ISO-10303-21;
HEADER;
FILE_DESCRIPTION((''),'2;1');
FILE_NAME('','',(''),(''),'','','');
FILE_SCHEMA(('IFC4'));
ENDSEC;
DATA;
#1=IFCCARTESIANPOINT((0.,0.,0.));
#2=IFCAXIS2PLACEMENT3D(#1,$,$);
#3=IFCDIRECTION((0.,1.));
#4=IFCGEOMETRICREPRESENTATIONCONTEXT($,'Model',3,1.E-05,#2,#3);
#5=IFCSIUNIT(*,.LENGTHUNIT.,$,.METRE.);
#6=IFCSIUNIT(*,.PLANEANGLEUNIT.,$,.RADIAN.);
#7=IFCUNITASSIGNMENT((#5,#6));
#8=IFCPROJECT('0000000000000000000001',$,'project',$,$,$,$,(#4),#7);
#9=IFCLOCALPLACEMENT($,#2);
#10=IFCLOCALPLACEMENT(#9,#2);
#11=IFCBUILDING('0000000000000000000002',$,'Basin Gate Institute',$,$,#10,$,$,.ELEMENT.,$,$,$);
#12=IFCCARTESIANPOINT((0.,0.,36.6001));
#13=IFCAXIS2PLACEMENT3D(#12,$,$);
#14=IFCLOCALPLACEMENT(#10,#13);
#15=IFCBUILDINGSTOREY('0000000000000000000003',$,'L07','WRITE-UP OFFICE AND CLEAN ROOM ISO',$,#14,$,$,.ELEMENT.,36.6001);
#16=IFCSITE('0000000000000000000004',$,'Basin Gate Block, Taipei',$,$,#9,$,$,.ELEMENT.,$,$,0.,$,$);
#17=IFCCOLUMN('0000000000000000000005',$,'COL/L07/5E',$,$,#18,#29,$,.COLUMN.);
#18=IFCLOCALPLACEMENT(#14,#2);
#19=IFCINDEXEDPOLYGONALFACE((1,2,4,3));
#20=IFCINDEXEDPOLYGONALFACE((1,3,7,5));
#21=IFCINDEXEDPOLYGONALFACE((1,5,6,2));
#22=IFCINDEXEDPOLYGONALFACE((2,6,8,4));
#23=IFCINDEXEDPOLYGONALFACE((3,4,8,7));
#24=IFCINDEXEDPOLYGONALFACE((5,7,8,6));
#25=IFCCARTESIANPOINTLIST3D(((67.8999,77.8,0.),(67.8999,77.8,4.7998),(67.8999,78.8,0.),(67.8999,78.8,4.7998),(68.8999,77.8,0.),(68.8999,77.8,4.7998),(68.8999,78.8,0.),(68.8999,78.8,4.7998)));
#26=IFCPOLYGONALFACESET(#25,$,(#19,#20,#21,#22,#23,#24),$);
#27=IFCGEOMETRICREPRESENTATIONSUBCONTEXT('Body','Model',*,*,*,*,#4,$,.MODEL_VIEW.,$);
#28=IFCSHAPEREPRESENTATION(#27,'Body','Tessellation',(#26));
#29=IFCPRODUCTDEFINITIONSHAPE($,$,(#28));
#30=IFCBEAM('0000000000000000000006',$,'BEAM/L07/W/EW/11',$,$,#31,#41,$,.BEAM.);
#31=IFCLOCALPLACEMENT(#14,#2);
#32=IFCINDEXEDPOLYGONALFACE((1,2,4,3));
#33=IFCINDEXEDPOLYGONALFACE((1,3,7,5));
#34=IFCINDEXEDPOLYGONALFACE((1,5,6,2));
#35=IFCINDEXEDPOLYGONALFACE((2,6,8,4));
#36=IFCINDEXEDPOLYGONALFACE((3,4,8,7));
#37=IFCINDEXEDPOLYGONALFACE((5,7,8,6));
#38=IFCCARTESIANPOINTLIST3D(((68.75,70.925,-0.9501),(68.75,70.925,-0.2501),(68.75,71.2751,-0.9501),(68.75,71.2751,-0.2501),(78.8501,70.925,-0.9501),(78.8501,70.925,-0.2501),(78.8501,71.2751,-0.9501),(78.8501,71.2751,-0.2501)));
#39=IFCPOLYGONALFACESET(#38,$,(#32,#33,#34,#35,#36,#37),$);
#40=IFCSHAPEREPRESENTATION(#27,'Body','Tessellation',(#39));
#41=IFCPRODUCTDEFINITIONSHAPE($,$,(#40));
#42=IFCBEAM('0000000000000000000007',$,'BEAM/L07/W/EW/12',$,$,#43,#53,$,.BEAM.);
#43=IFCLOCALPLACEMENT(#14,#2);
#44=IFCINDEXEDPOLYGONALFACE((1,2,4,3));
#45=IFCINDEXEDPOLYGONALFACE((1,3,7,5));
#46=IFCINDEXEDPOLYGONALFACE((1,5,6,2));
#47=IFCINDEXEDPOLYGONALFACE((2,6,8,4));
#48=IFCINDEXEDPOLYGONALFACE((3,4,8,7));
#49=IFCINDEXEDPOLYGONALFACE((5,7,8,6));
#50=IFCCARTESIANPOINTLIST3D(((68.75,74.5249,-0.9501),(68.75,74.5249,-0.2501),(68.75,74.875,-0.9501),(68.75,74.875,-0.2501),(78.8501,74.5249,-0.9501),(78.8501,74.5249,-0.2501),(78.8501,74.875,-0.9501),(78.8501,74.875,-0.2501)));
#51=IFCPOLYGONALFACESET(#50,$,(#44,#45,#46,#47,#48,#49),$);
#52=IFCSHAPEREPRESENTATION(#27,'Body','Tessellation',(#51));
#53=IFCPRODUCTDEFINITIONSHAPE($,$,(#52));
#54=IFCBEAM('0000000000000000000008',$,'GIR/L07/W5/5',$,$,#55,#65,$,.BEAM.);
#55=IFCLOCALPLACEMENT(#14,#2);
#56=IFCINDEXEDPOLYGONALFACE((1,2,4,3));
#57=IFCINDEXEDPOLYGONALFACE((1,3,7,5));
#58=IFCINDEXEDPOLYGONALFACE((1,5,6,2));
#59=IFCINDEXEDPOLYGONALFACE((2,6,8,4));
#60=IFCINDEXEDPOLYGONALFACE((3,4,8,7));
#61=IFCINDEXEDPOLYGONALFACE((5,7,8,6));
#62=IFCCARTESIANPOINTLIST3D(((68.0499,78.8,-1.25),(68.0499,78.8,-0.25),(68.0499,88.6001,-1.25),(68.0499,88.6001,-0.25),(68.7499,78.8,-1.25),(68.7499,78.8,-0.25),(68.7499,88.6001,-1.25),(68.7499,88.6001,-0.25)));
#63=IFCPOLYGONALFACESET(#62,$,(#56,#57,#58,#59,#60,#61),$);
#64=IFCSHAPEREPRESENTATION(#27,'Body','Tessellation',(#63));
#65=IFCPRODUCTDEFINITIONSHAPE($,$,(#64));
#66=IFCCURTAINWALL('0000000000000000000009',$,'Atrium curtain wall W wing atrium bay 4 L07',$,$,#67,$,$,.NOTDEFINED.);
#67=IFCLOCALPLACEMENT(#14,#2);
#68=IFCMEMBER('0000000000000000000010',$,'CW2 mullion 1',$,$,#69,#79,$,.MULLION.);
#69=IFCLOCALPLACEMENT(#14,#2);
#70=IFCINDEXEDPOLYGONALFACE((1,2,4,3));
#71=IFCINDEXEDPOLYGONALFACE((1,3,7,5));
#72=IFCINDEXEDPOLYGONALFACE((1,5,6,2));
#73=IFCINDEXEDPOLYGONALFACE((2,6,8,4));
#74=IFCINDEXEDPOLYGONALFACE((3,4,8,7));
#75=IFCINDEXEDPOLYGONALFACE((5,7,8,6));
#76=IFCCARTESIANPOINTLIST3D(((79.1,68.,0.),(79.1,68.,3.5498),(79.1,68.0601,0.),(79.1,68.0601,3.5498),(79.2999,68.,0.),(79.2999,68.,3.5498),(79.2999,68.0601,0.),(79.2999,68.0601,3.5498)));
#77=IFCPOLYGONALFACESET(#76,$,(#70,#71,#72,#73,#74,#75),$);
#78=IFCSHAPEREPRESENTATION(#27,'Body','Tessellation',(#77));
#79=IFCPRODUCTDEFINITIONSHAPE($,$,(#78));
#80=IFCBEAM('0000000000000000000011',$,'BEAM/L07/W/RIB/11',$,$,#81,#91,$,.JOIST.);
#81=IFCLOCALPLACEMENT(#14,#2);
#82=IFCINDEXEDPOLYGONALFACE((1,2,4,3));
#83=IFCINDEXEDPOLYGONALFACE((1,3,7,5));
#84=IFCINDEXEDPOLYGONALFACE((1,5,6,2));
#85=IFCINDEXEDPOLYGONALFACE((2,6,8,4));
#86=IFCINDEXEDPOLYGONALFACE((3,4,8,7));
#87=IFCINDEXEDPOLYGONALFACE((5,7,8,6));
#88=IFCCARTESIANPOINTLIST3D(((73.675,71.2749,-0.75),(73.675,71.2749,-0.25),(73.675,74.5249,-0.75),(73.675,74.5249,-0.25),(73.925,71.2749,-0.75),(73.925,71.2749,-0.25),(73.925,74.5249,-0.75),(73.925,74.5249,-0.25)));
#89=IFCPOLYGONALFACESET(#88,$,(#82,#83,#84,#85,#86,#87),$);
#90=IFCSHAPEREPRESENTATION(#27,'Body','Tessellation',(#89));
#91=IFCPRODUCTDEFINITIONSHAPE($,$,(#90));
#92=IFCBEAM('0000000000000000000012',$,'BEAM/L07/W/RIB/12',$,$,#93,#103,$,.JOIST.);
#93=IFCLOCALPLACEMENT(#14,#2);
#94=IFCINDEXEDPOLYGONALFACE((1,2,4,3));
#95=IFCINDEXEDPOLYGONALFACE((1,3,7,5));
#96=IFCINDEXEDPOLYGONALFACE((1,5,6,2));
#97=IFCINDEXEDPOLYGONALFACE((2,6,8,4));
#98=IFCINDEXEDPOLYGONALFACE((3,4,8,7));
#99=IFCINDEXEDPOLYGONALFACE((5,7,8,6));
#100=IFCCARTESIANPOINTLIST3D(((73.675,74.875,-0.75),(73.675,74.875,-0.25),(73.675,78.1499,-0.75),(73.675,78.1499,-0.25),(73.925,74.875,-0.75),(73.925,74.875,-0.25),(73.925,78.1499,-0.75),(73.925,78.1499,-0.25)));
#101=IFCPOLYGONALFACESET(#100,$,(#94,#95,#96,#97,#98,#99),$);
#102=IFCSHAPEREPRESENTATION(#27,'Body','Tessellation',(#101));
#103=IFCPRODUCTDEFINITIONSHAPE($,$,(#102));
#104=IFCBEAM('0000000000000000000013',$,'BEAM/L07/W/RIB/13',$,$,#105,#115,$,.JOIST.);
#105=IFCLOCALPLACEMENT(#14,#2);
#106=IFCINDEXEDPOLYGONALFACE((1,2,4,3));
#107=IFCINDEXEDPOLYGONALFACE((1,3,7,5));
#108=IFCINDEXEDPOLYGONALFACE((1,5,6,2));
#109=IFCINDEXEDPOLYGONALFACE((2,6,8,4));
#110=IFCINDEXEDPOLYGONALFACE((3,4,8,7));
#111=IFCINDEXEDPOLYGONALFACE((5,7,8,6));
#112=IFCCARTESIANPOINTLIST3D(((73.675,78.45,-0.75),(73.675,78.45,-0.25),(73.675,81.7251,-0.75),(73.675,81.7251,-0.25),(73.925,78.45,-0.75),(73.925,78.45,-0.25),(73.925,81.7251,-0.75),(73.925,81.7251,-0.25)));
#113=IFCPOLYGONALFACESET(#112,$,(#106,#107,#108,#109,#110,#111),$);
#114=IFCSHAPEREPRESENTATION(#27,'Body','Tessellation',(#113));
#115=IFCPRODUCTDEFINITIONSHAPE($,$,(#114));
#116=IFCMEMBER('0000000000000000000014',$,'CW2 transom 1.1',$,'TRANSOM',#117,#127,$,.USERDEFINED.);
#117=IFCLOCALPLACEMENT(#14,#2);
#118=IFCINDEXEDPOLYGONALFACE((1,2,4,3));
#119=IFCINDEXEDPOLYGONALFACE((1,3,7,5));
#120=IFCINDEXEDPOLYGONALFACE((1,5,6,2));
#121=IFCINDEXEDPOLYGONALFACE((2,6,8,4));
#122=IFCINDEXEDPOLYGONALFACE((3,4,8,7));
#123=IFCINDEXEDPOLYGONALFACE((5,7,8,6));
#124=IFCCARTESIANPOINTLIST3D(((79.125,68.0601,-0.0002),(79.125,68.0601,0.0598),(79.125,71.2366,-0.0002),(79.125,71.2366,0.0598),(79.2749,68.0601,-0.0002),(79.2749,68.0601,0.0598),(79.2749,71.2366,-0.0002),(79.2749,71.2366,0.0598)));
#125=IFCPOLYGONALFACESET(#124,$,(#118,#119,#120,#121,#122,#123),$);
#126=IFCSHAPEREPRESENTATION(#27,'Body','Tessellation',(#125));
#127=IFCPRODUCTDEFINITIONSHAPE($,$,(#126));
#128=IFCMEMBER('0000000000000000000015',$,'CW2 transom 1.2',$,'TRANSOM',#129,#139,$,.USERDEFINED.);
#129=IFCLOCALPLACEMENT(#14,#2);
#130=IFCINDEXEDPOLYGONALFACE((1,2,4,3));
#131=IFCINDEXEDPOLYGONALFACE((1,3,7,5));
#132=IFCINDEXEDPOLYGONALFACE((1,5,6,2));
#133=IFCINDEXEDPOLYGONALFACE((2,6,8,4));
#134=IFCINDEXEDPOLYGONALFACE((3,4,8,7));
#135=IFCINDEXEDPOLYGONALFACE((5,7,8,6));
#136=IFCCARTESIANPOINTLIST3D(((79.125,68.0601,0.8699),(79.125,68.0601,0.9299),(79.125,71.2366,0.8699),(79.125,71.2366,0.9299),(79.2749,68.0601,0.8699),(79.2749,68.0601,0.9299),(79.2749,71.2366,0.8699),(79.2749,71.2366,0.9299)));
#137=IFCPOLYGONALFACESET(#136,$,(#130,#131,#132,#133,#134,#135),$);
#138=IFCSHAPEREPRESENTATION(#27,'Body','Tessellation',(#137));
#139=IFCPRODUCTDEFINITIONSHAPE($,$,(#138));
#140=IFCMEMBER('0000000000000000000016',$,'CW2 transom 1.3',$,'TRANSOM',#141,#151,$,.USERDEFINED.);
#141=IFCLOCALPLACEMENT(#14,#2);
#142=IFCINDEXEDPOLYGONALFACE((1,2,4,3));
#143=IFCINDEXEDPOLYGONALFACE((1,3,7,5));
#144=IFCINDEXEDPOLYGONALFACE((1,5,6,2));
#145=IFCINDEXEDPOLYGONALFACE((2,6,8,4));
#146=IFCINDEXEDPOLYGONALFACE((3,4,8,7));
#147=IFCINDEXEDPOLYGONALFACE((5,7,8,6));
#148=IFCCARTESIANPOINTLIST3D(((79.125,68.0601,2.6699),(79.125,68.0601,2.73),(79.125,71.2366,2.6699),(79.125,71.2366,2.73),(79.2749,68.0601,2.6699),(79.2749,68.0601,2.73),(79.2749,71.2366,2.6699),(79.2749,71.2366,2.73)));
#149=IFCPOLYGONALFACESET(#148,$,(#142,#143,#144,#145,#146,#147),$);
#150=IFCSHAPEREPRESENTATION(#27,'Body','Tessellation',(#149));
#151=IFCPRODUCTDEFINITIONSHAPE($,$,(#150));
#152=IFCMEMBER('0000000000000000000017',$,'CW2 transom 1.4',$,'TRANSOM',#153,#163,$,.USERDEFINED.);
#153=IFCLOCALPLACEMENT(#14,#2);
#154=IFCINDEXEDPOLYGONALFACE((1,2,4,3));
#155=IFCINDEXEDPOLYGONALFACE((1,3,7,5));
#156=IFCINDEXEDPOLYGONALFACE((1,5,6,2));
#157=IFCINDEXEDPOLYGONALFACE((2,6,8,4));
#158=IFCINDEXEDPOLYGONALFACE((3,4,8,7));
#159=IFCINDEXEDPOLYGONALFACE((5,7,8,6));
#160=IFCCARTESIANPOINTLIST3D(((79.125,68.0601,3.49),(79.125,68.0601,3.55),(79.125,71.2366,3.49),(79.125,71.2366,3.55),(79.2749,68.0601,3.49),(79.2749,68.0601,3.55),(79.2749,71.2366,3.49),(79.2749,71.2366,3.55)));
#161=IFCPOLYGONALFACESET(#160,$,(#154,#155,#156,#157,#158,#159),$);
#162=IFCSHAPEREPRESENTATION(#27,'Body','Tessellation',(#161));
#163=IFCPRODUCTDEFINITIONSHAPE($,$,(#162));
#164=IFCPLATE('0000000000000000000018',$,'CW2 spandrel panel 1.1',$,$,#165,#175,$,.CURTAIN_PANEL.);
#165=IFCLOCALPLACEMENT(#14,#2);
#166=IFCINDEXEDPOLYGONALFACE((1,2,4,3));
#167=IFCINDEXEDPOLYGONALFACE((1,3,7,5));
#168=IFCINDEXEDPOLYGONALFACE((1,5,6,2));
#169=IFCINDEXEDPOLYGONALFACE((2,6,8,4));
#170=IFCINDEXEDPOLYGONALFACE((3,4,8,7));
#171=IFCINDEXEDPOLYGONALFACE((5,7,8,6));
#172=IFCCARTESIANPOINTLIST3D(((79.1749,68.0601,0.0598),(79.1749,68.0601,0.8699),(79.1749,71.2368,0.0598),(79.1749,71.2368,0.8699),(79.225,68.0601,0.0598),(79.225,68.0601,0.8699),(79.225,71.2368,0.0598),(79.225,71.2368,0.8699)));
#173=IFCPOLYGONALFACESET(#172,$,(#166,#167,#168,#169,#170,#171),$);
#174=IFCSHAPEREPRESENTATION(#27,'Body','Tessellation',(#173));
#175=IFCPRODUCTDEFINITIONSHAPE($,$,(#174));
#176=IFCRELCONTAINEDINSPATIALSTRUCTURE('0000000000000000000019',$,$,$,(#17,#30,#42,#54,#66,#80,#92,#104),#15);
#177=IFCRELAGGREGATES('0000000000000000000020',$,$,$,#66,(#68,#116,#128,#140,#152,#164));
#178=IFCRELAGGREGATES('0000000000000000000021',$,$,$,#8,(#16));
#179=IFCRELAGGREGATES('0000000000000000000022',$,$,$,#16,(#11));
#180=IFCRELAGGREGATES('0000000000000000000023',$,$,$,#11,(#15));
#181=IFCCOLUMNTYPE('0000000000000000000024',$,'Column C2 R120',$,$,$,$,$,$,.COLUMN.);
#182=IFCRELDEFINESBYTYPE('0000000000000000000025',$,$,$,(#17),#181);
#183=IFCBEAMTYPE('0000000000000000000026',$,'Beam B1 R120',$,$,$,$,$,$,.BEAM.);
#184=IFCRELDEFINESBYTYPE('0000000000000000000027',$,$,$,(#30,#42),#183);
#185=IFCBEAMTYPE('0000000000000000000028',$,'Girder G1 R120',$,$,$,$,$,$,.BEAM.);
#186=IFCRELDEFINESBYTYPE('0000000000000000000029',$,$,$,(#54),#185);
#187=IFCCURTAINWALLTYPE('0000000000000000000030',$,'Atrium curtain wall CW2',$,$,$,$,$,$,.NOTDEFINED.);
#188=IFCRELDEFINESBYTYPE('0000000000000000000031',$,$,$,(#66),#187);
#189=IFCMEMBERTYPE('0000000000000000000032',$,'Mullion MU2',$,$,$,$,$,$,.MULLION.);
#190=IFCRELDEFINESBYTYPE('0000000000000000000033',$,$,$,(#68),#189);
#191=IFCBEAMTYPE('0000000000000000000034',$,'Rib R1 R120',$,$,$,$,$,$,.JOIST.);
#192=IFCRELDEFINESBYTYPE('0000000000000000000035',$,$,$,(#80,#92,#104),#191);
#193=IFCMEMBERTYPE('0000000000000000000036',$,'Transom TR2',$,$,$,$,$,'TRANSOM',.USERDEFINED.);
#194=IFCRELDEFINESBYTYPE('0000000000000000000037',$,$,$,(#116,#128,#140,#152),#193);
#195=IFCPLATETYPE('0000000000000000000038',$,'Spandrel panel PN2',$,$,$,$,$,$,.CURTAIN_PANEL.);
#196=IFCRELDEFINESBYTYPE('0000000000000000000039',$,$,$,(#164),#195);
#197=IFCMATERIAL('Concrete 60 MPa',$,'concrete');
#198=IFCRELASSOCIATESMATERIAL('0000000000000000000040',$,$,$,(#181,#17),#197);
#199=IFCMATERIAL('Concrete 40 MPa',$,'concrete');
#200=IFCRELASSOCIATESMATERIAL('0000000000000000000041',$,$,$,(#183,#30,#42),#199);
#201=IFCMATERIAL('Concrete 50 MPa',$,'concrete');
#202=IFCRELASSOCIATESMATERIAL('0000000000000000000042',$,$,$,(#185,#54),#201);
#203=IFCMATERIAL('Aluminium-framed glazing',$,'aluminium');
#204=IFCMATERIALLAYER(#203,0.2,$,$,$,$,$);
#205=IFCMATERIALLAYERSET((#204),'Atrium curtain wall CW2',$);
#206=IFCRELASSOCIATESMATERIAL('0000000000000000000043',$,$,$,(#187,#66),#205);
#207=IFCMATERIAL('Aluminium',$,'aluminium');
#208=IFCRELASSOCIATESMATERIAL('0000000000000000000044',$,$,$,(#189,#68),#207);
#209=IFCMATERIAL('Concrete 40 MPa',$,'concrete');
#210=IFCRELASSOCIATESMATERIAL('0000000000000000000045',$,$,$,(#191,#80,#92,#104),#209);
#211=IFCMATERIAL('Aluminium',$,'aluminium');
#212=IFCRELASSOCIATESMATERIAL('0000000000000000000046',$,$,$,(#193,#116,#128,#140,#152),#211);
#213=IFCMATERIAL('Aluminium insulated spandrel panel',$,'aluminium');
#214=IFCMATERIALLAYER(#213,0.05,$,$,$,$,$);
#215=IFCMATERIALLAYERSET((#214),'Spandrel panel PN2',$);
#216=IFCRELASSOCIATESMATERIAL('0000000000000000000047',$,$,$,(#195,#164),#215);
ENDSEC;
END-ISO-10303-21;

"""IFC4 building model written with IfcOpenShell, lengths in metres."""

from ifc_helpers import new_model, si_unit, direction, frame, origin, origin_2d, place, context, subcontext, project, spatial, rectangle, extrude, material, layer, layer_set, material_profile, profile_set, type_object, element, aggregate, save


model = new_model("IFC4")

# Units and contexts
model_context = context("Model", 3, precision=1e-05, world=origin(), true_north=direction((0.0, 1.0)))
body_context = subcontext(model_context, "Body", "Model", "MODEL_VIEW")
ifc_project = project(units=[si_unit("LENGTHUNIT", "METRE"), si_unit("PLANEANGLEUNIT", "RADIAN")], contexts=[model_context])

# Site, building, storey
site_placement = place(None, origin())
site = spatial("IfcSite", under=ifc_project, at=site_placement, Name="Basin Gate Block, Taipei", CompositionType="ELEMENT", RefElevation=0.0)
building_placement = place(site_placement, origin())
building = spatial("IfcBuilding", under=site, at=building_placement, Name="Basin Gate Institute", CompositionType="ELEMENT")
storey_placement = place(building_placement, frame((0.0, 0.0, 36.6001)))
storey = spatial("IfcBuildingStorey", under=building, at=storey_placement, Name="L07", Description="WRITE-UP OFFICE AND CLEAN ROOM ISO", CompositionType="ELEMENT", Elevation=36.6001)

# Column
ifc_material_1 = material(Name="Concrete 60 MPa", Category="concrete")
ifc_material_profile_1 = material_profile(ifc_material_1, rectangle(XDim=1.0, YDim=1.0, at=origin_2d()), Name="Column C2 1000 x 1000")
ifc_profile_set_1 = profile_set([ifc_material_profile_1], Name="Concrete 60 MPa")
column_type = type_object("IfcColumnType", Name="Column C2 R120", PredefinedType="COLUMN", material=ifc_profile_set_1)
column_placement = place(storey_placement, frame((68.3999, 78.3, 0.0), z_axis=(0.0, 0.0, 1.0), x_axis=(1.0, 0.0, 0.0)))
element("IfcColumn", 1, at=column_placement, inside=storey, type_object=column_type, material=ifc_profile_set_1, Name="COL/L07/5E", PredefinedType="COLUMN", context=body_context, shape_type="SweptSolid", body=[
    extrude(rectangle(XDim=1.0, YDim=1.0, at=origin_2d()), origin(), (0.0, 0.0, 1.0), 4.7998),
])

# Beams
ifc_material_2 = material(Name="Concrete 40 MPa", Category="concrete")
ifc_material_profile_2 = material_profile(ifc_material_2, rectangle(XDim=0.3501, YDim=0.7, at=origin_2d()), Name="Beam B1 350 x 700")
ifc_profile_set_2 = profile_set([ifc_material_profile_2], Name="Concrete 40 MPa")
beam_type_1 = type_object("IfcBeamType", Name="Beam B1 R120", PredefinedType="BEAM", material=ifc_profile_set_2)
for number, where, z_axis, x_axis, name in (
    (2, (68.75, 71.1001, -0.6001), (1.0, 0.0, 0.0), (0.0, 1.0, 0.0), "BEAM/L07/W/EW/11"),
    (3, (68.75, 74.7, -0.6001), (1.0, 0.0, 0.0), (0.0, 1.0, 0.0), "BEAM/L07/W/EW/12"),
):
    element("IfcBeam", number, at=place(storey_placement, frame(where, z_axis=z_axis, x_axis=x_axis)), inside=storey, type_object=beam_type_1, material=ifc_profile_set_2, Name=name, PredefinedType="BEAM", context=body_context, shape_type="SweptSolid", body=[
        extrude(rectangle(XDim=0.3501, YDim=0.7, at=origin_2d()), origin(), (0.0, 0.0, 1.0), 10.1001),
    ])
ifc_material_3 = material(Name="Concrete 50 MPa", Category="concrete")
ifc_material_profile_3 = material_profile(ifc_material_3, rectangle(XDim=0.7, YDim=1.0, at=origin_2d()), Name="Girder G1 700 x 1000")
ifc_profile_set_3 = profile_set([ifc_material_profile_3], Name="Concrete 50 MPa")
beam_type_2 = type_object("IfcBeamType", Name="Girder G1 R120", PredefinedType="BEAM", material=ifc_profile_set_3)
beam_1_placement = place(storey_placement, frame((68.3999, 78.8, -0.75), z_axis=(0.0, 1.0, 0.0), x_axis=(-1.0, 0.0, 0.0)))
element("IfcBeam", 4, at=beam_1_placement, inside=storey, type_object=beam_type_2, material=ifc_profile_set_3, Name="GIR/L07/W5/5", PredefinedType="BEAM", context=body_context, shape_type="SweptSolid", body=[
    extrude(rectangle(XDim=0.7, YDim=1.0, at=origin_2d()), origin(), (0.0, 0.0, 1.0), 9.8),
])

# Curtain wall, member
ifc_material_4 = material(Name="Aluminium-framed glazing", Category="aluminium")
ifc_layer_1 = layer(ifc_material_4, 0.2)
ifc_layer_set_1 = layer_set([ifc_layer_1], Name="Atrium curtain wall CW2")
curtain_wall_type = type_object("IfcCurtainWallType", Name="Atrium curtain wall CW2", PredefinedType="NOTDEFINED", material=ifc_layer_set_1)
curtain_wall_placement = place(storey_placement, origin())
curtain_wall = element("IfcCurtainWall", 5, at=curtain_wall_placement, inside=storey, type_object=curtain_wall_type, material=ifc_layer_set_1, Name="Atrium curtain wall W wing atrium bay 4 L07", PredefinedType="NOTDEFINED")
ifc_material_5 = material(Name="Aluminium", Category="aluminium")
ifc_material_profile_4 = material_profile(ifc_material_5, rectangle(XDim=0.2, YDim=0.0601, at=origin_2d()), Name="Mullion MU2 200 x 60")
ifc_profile_set_4 = profile_set([ifc_material_profile_4], Name="Aluminium")
member_type_1 = type_object("IfcMemberType", Name="Mullion MU2", PredefinedType="MULLION", material=ifc_profile_set_4)
member_1_placement = place(storey_placement, frame((79.2, 68.03, 0.0), z_axis=(0.0, 0.0, 1.0), x_axis=(-1.0, 0.0, 0.0)))
member_1 = element("IfcMember", 6, at=member_1_placement, type_object=member_type_1, material=ifc_profile_set_4, Name="CW2 mullion 1", PredefinedType="MULLION", context=body_context, shape_type="SweptSolid", body=[
    extrude(rectangle(XDim=0.2, YDim=0.0601, at=origin_2d()), origin(), (0.0, 0.0, 1.0), 3.5498),
])

# Beams
ifc_material_6 = material(Name="Concrete 40 MPa", Category="concrete")
ifc_material_profile_5 = material_profile(ifc_material_6, rectangle(XDim=0.25, YDim=0.5, at=origin_2d()), Name="Rib R1 250 x 500")
ifc_profile_set_5 = profile_set([ifc_material_profile_5], Name="Concrete 40 MPa")
beam_type_3 = type_object("IfcBeamType", Name="Rib R1 R120", PredefinedType="JOIST", material=ifc_profile_set_5)
beam_2_placement = place(storey_placement, frame((73.8, 71.2749, -0.5), z_axis=(0.0, 1.0, 0.0), x_axis=(-1.0, 0.0, 0.0)))
element("IfcBeam", 7, at=beam_2_placement, inside=storey, type_object=beam_type_3, material=ifc_profile_set_5, Name="BEAM/L07/W/RIB/11", PredefinedType="JOIST", context=body_context, shape_type="SweptSolid", body=[
    extrude(rectangle(XDim=0.25, YDim=0.5, at=origin_2d()), origin(), (0.0, 0.0, 1.0), 3.25),
])
beam_3_placement = place(storey_placement, frame((73.8, 74.875, -0.5), z_axis=(0.0, 1.0, 0.0), x_axis=(-1.0, 0.0, 0.0)))
element("IfcBeam", 8, at=beam_3_placement, inside=storey, type_object=beam_type_3, material=ifc_profile_set_5, Name="BEAM/L07/W/RIB/12", PredefinedType="JOIST", context=body_context, shape_type="SweptSolid", body=[
    extrude(rectangle(XDim=0.25, YDim=0.5, at=origin_2d()), origin(), (0.0, 0.0, 1.0), 3.2749),
])
beam_4_placement = place(storey_placement, frame((73.8, 78.45, -0.5), z_axis=(0.0, 1.0, 0.0), x_axis=(-1.0, 0.0, 0.0)))
element("IfcBeam", 9, at=beam_4_placement, inside=storey, type_object=beam_type_3, material=ifc_profile_set_5, Name="BEAM/L07/W/RIB/13", PredefinedType="JOIST", context=body_context, shape_type="SweptSolid", body=[
    extrude(rectangle(XDim=0.25, YDim=0.5, at=origin_2d()), origin(), (0.0, 0.0, 1.0), 3.2751),
])

# Members
ifc_material_7 = material(Name="Aluminium", Category="aluminium")
ifc_material_profile_6 = material_profile(ifc_material_7, rectangle(XDim=0.1499, YDim=0.0601, at=origin_2d()), Name="Transom TR2 150 x 60")
ifc_profile_set_6 = profile_set([ifc_material_profile_6], Name="Aluminium")
member_type_2 = type_object("IfcMemberType", Name="Transom TR2", ElementType="TRANSOM", PredefinedType="USERDEFINED", material=ifc_profile_set_6)
member_2_placement = place(storey_placement, frame((79.2, 68.0601, 0.0298), z_axis=(0.0, 1.0, 0.0), x_axis=(-1.0, 0.0, 0.0)))
member_2 = element("IfcMember", 10, at=member_2_placement, type_object=member_type_2, material=ifc_profile_set_6, Name="CW2 transom 1.1", ObjectType="TRANSOM", PredefinedType="USERDEFINED", context=body_context, shape_type="SweptSolid", body=[
    extrude(rectangle(XDim=0.1499, YDim=0.0601, at=origin_2d()), origin(), (0.0, 0.0, 1.0), 3.1765),
])
member_3_placement = place(storey_placement, frame((79.2, 68.0601, 0.8999), z_axis=(0.0, 1.0, 0.0), x_axis=(-1.0, 0.0, 0.0)))
member_3 = element("IfcMember", 11, at=member_3_placement, type_object=member_type_2, material=ifc_profile_set_6, Name="CW2 transom 1.2", ObjectType="TRANSOM", PredefinedType="USERDEFINED", context=body_context, shape_type="SweptSolid", body=[
    extrude(rectangle(XDim=0.1499, YDim=0.0601, at=origin_2d()), origin(), (0.0, 0.0, 1.0), 3.1765),
])
member_4_placement = place(storey_placement, frame((79.2, 68.0601, 2.7), z_axis=(0.0, 1.0, 0.0), x_axis=(-1.0, 0.0, 0.0)))
member_4 = element("IfcMember", 12, at=member_4_placement, type_object=member_type_2, material=ifc_profile_set_6, Name="CW2 transom 1.3", ObjectType="TRANSOM", PredefinedType="USERDEFINED", context=body_context, shape_type="SweptSolid", body=[
    extrude(rectangle(XDim=0.1499, YDim=0.0601, at=origin_2d()), origin(), (0.0, 0.0, 1.0), 3.1765),
])
member_5_placement = place(storey_placement, frame((79.2, 68.0601, 3.52), z_axis=(0.0, 1.0, 0.0), x_axis=(-1.0, 0.0, 0.0)))
member_5 = element("IfcMember", 13, at=member_5_placement, type_object=member_type_2, material=ifc_profile_set_6, Name="CW2 transom 1.4", ObjectType="TRANSOM", PredefinedType="USERDEFINED", context=body_context, shape_type="SweptSolid", body=[
    extrude(rectangle(XDim=0.1499, YDim=0.0601, at=origin_2d()), origin(), (0.0, 0.0, 1.0), 3.1765),
])

# Plate
ifc_material_8 = material(Name="Aluminium insulated spandrel panel", Category="aluminium")
ifc_layer_2 = layer(ifc_material_8, 0.05)
ifc_layer_set_2 = layer_set([ifc_layer_2], Name="Spandrel panel PN2")
plate_type_1 = type_object("IfcPlateType", Name="Spandrel panel PN2", PredefinedType="CURTAIN_PANEL", material=ifc_layer_set_2)
plate_1_placement = place(storey_placement, frame((79.2, 69.6484, 0.0598), z_axis=(0.0, 0.0, 1.0), x_axis=(0.0, 1.0, 0.0)))
plate_1 = element("IfcPlate", 14, at=plate_1_placement, type_object=plate_type_1, material=ifc_layer_set_2, Name="CW2 spandrel panel 1.1", PredefinedType="CURTAIN_PANEL", context=body_context, shape_type="SweptSolid", body=[
    extrude(rectangle(XDim=3.1768, YDim=0.05, at=origin_2d()), origin(), (0.0, 0.0, 1.0), 0.8101),
])
aggregate(curtain_wall, [member_1, member_2, member_3, member_4, member_5, plate_1])

save(model, "model.ifc")
